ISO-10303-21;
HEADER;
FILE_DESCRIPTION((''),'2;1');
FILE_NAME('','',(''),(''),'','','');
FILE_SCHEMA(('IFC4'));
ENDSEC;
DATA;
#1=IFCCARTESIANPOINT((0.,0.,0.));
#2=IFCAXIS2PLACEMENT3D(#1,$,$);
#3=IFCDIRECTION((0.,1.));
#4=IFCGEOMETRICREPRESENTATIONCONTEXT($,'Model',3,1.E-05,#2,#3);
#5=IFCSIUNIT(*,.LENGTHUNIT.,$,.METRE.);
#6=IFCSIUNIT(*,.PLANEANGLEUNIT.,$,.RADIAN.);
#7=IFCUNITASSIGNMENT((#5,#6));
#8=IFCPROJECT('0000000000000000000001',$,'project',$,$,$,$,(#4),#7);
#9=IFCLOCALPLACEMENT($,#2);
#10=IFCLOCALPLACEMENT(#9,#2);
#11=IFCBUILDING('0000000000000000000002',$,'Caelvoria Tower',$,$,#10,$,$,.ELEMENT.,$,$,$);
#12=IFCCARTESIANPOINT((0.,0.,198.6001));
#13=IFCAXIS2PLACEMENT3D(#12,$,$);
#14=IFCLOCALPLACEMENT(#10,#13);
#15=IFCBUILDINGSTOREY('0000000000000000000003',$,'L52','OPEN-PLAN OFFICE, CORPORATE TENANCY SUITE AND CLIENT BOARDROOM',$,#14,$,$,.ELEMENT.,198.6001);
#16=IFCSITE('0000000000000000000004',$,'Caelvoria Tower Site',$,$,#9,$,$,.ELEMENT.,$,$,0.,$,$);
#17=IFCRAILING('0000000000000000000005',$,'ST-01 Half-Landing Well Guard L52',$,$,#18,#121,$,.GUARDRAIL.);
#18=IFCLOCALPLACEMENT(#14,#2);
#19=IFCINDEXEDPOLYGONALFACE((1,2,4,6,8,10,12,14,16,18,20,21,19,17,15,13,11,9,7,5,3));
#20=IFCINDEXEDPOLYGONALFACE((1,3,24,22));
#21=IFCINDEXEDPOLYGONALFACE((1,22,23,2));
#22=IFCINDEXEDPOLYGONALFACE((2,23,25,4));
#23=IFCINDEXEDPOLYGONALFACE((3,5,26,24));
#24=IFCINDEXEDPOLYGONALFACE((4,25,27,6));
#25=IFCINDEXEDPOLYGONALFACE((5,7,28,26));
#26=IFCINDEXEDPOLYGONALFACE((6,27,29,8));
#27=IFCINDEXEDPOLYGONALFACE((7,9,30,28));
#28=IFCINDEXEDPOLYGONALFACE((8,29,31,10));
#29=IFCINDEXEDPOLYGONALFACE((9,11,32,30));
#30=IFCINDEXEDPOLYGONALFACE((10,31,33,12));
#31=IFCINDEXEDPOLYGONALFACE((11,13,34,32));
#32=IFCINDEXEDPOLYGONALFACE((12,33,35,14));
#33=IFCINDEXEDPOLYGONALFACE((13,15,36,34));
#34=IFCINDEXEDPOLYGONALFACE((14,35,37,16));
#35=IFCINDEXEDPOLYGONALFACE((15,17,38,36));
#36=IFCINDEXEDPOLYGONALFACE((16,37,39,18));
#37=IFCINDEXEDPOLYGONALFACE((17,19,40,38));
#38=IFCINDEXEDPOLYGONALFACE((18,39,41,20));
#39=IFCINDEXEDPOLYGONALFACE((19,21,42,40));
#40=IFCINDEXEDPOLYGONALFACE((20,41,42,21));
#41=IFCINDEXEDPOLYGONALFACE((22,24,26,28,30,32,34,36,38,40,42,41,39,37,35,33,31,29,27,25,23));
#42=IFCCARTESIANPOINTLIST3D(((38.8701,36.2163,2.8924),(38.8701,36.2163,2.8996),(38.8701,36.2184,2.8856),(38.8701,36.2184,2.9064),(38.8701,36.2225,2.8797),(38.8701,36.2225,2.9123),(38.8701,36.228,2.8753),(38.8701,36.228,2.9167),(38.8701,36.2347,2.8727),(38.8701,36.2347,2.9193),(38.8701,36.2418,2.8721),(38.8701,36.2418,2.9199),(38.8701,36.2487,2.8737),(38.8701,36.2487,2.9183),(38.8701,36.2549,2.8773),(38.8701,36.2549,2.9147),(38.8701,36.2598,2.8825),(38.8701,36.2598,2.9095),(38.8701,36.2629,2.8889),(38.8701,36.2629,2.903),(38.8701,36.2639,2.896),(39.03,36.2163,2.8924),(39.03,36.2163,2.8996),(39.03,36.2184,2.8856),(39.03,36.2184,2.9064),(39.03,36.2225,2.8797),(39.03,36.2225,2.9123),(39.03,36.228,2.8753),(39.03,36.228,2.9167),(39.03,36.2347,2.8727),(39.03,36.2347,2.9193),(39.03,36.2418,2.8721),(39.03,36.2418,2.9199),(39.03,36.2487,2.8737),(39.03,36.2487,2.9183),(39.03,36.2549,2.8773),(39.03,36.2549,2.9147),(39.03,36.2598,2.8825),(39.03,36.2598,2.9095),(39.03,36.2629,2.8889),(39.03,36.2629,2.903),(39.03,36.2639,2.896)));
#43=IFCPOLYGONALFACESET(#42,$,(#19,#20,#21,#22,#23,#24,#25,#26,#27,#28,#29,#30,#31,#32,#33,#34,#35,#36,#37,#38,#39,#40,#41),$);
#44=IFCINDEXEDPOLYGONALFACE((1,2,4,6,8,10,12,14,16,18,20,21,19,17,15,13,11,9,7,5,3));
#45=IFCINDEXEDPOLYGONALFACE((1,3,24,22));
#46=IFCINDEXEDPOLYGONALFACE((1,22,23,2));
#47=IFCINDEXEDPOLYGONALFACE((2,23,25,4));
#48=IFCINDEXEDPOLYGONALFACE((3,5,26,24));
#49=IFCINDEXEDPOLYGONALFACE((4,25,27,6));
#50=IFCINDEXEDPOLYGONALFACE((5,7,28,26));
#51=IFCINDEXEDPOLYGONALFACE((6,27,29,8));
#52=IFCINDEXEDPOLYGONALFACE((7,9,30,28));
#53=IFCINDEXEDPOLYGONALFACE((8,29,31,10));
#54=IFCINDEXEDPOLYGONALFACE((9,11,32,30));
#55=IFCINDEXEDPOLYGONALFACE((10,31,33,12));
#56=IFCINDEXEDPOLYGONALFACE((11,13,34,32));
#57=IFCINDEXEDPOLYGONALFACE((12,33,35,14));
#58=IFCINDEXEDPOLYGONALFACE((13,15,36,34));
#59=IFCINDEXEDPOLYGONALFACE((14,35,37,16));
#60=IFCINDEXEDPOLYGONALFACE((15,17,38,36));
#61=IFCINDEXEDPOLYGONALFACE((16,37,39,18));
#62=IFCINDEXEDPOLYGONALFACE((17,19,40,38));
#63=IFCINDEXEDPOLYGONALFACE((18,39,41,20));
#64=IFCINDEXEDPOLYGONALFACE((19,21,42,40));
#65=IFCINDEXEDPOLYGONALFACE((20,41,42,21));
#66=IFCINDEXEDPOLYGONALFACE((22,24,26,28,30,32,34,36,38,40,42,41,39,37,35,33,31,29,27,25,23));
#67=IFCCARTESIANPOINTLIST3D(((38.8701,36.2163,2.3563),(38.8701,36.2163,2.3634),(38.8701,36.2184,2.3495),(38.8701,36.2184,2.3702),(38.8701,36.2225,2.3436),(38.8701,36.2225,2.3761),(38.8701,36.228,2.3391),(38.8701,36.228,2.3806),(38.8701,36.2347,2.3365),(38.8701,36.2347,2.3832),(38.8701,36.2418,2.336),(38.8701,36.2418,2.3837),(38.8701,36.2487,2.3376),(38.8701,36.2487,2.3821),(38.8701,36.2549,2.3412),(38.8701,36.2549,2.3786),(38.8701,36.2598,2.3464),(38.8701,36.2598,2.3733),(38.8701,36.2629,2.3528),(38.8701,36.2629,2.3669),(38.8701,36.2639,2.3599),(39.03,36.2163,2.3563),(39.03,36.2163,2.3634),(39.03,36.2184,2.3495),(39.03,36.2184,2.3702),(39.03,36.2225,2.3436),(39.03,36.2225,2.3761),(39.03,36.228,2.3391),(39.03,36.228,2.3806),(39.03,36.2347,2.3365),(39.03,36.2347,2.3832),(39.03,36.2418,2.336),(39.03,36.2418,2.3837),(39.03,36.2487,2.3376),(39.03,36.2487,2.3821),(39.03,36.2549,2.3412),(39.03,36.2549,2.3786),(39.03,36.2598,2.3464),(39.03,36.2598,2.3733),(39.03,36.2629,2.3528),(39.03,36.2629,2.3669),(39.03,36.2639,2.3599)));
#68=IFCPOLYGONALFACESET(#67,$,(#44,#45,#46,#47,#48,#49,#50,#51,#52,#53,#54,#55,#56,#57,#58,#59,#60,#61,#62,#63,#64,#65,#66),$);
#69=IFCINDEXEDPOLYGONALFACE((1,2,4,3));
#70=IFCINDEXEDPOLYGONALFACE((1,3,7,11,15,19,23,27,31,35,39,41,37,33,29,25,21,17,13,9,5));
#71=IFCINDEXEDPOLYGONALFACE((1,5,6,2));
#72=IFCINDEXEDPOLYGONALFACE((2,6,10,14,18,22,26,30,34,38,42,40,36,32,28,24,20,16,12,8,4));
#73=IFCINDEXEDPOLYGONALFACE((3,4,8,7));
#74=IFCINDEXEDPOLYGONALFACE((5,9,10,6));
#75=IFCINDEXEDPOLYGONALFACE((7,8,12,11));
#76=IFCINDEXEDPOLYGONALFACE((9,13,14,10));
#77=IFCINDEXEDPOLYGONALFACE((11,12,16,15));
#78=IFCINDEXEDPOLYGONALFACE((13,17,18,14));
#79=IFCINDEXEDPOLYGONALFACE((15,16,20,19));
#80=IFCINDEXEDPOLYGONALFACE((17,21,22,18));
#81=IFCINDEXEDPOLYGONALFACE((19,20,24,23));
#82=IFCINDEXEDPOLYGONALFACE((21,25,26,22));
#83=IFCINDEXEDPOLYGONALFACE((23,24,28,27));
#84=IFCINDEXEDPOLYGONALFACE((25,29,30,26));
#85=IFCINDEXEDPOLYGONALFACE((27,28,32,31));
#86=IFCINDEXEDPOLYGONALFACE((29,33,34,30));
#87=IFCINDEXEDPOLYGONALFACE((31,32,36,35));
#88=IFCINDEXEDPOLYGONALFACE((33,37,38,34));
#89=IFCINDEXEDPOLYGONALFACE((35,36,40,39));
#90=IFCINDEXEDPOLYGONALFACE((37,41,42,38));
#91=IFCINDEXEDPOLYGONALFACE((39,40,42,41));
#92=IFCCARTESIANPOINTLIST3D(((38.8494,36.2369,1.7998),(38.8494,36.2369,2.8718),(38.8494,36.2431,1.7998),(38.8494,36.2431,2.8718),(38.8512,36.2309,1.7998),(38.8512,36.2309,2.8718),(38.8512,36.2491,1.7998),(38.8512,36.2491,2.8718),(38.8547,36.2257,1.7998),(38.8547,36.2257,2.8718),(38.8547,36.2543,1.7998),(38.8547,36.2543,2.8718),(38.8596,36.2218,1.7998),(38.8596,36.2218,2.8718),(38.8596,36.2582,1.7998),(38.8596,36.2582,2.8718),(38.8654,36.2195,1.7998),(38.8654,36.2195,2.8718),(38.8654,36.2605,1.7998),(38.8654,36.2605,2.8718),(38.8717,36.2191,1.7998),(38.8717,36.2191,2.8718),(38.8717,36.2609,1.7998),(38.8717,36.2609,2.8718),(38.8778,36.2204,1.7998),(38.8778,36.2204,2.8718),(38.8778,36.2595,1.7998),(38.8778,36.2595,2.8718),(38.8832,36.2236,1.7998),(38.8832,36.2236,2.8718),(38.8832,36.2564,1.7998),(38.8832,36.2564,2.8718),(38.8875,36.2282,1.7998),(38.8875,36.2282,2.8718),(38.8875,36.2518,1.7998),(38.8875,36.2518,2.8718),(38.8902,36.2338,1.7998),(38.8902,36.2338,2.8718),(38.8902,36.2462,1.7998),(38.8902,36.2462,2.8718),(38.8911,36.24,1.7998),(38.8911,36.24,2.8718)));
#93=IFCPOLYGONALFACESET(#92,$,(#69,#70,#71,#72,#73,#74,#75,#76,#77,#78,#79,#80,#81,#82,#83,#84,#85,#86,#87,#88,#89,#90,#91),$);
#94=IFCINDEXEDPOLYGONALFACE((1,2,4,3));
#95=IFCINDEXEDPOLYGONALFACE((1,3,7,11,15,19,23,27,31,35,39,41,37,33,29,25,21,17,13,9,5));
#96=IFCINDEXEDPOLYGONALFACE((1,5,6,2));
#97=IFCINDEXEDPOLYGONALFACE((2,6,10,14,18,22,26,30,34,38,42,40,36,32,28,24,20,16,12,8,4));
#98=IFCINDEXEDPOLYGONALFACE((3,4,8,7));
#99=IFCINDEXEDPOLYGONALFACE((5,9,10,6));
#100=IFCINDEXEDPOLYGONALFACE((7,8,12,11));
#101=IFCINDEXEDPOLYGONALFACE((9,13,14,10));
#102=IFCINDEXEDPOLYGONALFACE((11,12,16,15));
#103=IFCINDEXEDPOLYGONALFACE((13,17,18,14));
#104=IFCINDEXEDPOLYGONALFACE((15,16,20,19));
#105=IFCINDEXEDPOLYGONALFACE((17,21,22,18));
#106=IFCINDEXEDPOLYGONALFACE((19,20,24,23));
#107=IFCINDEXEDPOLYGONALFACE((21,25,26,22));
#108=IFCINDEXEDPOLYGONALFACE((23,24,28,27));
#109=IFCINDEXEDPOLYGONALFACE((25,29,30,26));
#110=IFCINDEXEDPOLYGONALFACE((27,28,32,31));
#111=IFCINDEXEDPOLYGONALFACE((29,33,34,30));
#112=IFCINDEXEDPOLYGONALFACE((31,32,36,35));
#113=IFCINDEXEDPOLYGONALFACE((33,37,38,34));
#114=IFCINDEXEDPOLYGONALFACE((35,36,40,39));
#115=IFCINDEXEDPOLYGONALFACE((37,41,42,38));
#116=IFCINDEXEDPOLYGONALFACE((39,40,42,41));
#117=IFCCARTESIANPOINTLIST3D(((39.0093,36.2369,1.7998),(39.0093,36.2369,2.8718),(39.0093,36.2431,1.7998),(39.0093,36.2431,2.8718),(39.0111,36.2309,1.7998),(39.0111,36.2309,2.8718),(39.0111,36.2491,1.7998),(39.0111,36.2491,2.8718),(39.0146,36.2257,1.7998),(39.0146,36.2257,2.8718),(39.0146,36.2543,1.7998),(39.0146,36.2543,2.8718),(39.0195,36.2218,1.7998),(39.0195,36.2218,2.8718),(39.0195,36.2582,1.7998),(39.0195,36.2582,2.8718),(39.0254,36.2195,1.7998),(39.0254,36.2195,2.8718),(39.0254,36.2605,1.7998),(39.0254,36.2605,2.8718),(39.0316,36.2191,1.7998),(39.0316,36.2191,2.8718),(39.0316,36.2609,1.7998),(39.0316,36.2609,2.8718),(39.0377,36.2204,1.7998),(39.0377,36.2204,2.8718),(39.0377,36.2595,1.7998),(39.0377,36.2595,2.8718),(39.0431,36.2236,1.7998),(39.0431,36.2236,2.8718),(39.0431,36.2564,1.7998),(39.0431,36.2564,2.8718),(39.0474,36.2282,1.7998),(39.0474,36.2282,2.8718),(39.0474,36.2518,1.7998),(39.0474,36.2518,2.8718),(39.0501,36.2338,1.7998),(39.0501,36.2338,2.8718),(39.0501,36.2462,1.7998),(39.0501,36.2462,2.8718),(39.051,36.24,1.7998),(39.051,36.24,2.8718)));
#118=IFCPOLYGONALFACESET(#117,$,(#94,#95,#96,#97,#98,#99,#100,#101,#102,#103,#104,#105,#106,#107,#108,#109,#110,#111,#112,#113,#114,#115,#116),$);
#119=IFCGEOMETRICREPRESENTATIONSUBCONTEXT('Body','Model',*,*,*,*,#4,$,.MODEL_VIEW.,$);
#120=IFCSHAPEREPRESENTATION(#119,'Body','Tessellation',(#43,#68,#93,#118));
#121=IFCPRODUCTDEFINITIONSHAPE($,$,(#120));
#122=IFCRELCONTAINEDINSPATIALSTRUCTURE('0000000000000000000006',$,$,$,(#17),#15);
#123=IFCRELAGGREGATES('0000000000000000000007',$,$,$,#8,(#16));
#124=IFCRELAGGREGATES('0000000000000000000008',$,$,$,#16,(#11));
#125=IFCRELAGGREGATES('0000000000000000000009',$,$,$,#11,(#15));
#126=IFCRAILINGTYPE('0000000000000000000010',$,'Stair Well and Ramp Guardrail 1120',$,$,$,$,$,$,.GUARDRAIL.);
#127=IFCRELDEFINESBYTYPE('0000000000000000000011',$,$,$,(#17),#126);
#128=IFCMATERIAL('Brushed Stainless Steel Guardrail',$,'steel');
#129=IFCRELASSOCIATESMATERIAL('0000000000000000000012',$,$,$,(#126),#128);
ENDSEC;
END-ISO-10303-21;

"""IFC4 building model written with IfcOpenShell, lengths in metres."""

from ifc_helpers import new_model, si_unit, direction, frame, origin, origin_2d, place, context, subcontext, project, spatial, circle, extrude, material, type_object, element, save


model = new_model("IFC4")

# Units and contexts
model_context = context("Model", 3, precision=1e-05, world=origin(), true_north=direction((0.0, 1.0)))
body_context = subcontext(model_context, "Body", "Model", "MODEL_VIEW")
ifc_project = project(units=[si_unit("LENGTHUNIT", "METRE"), si_unit("PLANEANGLEUNIT", "RADIAN")], contexts=[model_context])

# Site, building, storey
site_placement = place(None, origin())
site = spatial("IfcSite", under=ifc_project, at=site_placement, Name="Caelvoria Tower Site", CompositionType="ELEMENT", RefElevation=0.0)
building_placement = place(site_placement, origin())
building = spatial("IfcBuilding", under=site, at=building_placement, Name="Caelvoria Tower", CompositionType="ELEMENT")
storey_placement = place(building_placement, frame((0.0, 0.0, 198.6001)))
storey = spatial("IfcBuildingStorey", under=building, at=storey_placement, Name="L52", Description="OPEN-PLAN OFFICE, CORPORATE TENANCY SUITE AND CLIENT BOARDROOM", CompositionType="ELEMENT", Elevation=198.6001)

# Railing
ifc_material_1 = material(Name="Brushed Stainless Steel Guardrail", Category="steel")
railing_type_1 = type_object("IfcRailingType", Name="Stair Well and Ramp Guardrail 1120", PredefinedType="GUARDRAIL", material=ifc_material_1)
railing_1_placement = place(storey_placement, frame((38.8701, 36.24, 1.7998)))
element("IfcRailing", 1, at=railing_1_placement, inside=storey, type_object=railing_type_1, Name="ST-01 Half-Landing Well Guard L52", PredefinedType="GUARDRAIL", context=body_context, shape_type="SweptSolid", body=[
    extrude(circle(Radius=0.0239, at=origin_2d()), frame((0.0, 0.0, 1.0962), z_axis=(1.0, 0.0, 0.0), x_axis=(0.0, 1.0, 0.0)), (0.0, 0.0, 1.0), 0.1599),
    extrude(circle(Radius=0.0239, at=origin_2d()), frame((0.0, 0.0, 0.5601), z_axis=(1.0, 0.0, 0.0), x_axis=(0.0, 1.0, 0.0)), (0.0, 0.0, 1.0), 0.1599),
    extrude(circle(Radius=0.021, at=origin_2d()), origin(), (0.0, 0.0, 1.0), 1.072),
    extrude(circle(Radius=0.021, at=origin_2d()), frame((0.1599, 0.0, 0.0)), (0.0, 0.0, 1.0), 1.072),
])

save(model, "model.ifc")
